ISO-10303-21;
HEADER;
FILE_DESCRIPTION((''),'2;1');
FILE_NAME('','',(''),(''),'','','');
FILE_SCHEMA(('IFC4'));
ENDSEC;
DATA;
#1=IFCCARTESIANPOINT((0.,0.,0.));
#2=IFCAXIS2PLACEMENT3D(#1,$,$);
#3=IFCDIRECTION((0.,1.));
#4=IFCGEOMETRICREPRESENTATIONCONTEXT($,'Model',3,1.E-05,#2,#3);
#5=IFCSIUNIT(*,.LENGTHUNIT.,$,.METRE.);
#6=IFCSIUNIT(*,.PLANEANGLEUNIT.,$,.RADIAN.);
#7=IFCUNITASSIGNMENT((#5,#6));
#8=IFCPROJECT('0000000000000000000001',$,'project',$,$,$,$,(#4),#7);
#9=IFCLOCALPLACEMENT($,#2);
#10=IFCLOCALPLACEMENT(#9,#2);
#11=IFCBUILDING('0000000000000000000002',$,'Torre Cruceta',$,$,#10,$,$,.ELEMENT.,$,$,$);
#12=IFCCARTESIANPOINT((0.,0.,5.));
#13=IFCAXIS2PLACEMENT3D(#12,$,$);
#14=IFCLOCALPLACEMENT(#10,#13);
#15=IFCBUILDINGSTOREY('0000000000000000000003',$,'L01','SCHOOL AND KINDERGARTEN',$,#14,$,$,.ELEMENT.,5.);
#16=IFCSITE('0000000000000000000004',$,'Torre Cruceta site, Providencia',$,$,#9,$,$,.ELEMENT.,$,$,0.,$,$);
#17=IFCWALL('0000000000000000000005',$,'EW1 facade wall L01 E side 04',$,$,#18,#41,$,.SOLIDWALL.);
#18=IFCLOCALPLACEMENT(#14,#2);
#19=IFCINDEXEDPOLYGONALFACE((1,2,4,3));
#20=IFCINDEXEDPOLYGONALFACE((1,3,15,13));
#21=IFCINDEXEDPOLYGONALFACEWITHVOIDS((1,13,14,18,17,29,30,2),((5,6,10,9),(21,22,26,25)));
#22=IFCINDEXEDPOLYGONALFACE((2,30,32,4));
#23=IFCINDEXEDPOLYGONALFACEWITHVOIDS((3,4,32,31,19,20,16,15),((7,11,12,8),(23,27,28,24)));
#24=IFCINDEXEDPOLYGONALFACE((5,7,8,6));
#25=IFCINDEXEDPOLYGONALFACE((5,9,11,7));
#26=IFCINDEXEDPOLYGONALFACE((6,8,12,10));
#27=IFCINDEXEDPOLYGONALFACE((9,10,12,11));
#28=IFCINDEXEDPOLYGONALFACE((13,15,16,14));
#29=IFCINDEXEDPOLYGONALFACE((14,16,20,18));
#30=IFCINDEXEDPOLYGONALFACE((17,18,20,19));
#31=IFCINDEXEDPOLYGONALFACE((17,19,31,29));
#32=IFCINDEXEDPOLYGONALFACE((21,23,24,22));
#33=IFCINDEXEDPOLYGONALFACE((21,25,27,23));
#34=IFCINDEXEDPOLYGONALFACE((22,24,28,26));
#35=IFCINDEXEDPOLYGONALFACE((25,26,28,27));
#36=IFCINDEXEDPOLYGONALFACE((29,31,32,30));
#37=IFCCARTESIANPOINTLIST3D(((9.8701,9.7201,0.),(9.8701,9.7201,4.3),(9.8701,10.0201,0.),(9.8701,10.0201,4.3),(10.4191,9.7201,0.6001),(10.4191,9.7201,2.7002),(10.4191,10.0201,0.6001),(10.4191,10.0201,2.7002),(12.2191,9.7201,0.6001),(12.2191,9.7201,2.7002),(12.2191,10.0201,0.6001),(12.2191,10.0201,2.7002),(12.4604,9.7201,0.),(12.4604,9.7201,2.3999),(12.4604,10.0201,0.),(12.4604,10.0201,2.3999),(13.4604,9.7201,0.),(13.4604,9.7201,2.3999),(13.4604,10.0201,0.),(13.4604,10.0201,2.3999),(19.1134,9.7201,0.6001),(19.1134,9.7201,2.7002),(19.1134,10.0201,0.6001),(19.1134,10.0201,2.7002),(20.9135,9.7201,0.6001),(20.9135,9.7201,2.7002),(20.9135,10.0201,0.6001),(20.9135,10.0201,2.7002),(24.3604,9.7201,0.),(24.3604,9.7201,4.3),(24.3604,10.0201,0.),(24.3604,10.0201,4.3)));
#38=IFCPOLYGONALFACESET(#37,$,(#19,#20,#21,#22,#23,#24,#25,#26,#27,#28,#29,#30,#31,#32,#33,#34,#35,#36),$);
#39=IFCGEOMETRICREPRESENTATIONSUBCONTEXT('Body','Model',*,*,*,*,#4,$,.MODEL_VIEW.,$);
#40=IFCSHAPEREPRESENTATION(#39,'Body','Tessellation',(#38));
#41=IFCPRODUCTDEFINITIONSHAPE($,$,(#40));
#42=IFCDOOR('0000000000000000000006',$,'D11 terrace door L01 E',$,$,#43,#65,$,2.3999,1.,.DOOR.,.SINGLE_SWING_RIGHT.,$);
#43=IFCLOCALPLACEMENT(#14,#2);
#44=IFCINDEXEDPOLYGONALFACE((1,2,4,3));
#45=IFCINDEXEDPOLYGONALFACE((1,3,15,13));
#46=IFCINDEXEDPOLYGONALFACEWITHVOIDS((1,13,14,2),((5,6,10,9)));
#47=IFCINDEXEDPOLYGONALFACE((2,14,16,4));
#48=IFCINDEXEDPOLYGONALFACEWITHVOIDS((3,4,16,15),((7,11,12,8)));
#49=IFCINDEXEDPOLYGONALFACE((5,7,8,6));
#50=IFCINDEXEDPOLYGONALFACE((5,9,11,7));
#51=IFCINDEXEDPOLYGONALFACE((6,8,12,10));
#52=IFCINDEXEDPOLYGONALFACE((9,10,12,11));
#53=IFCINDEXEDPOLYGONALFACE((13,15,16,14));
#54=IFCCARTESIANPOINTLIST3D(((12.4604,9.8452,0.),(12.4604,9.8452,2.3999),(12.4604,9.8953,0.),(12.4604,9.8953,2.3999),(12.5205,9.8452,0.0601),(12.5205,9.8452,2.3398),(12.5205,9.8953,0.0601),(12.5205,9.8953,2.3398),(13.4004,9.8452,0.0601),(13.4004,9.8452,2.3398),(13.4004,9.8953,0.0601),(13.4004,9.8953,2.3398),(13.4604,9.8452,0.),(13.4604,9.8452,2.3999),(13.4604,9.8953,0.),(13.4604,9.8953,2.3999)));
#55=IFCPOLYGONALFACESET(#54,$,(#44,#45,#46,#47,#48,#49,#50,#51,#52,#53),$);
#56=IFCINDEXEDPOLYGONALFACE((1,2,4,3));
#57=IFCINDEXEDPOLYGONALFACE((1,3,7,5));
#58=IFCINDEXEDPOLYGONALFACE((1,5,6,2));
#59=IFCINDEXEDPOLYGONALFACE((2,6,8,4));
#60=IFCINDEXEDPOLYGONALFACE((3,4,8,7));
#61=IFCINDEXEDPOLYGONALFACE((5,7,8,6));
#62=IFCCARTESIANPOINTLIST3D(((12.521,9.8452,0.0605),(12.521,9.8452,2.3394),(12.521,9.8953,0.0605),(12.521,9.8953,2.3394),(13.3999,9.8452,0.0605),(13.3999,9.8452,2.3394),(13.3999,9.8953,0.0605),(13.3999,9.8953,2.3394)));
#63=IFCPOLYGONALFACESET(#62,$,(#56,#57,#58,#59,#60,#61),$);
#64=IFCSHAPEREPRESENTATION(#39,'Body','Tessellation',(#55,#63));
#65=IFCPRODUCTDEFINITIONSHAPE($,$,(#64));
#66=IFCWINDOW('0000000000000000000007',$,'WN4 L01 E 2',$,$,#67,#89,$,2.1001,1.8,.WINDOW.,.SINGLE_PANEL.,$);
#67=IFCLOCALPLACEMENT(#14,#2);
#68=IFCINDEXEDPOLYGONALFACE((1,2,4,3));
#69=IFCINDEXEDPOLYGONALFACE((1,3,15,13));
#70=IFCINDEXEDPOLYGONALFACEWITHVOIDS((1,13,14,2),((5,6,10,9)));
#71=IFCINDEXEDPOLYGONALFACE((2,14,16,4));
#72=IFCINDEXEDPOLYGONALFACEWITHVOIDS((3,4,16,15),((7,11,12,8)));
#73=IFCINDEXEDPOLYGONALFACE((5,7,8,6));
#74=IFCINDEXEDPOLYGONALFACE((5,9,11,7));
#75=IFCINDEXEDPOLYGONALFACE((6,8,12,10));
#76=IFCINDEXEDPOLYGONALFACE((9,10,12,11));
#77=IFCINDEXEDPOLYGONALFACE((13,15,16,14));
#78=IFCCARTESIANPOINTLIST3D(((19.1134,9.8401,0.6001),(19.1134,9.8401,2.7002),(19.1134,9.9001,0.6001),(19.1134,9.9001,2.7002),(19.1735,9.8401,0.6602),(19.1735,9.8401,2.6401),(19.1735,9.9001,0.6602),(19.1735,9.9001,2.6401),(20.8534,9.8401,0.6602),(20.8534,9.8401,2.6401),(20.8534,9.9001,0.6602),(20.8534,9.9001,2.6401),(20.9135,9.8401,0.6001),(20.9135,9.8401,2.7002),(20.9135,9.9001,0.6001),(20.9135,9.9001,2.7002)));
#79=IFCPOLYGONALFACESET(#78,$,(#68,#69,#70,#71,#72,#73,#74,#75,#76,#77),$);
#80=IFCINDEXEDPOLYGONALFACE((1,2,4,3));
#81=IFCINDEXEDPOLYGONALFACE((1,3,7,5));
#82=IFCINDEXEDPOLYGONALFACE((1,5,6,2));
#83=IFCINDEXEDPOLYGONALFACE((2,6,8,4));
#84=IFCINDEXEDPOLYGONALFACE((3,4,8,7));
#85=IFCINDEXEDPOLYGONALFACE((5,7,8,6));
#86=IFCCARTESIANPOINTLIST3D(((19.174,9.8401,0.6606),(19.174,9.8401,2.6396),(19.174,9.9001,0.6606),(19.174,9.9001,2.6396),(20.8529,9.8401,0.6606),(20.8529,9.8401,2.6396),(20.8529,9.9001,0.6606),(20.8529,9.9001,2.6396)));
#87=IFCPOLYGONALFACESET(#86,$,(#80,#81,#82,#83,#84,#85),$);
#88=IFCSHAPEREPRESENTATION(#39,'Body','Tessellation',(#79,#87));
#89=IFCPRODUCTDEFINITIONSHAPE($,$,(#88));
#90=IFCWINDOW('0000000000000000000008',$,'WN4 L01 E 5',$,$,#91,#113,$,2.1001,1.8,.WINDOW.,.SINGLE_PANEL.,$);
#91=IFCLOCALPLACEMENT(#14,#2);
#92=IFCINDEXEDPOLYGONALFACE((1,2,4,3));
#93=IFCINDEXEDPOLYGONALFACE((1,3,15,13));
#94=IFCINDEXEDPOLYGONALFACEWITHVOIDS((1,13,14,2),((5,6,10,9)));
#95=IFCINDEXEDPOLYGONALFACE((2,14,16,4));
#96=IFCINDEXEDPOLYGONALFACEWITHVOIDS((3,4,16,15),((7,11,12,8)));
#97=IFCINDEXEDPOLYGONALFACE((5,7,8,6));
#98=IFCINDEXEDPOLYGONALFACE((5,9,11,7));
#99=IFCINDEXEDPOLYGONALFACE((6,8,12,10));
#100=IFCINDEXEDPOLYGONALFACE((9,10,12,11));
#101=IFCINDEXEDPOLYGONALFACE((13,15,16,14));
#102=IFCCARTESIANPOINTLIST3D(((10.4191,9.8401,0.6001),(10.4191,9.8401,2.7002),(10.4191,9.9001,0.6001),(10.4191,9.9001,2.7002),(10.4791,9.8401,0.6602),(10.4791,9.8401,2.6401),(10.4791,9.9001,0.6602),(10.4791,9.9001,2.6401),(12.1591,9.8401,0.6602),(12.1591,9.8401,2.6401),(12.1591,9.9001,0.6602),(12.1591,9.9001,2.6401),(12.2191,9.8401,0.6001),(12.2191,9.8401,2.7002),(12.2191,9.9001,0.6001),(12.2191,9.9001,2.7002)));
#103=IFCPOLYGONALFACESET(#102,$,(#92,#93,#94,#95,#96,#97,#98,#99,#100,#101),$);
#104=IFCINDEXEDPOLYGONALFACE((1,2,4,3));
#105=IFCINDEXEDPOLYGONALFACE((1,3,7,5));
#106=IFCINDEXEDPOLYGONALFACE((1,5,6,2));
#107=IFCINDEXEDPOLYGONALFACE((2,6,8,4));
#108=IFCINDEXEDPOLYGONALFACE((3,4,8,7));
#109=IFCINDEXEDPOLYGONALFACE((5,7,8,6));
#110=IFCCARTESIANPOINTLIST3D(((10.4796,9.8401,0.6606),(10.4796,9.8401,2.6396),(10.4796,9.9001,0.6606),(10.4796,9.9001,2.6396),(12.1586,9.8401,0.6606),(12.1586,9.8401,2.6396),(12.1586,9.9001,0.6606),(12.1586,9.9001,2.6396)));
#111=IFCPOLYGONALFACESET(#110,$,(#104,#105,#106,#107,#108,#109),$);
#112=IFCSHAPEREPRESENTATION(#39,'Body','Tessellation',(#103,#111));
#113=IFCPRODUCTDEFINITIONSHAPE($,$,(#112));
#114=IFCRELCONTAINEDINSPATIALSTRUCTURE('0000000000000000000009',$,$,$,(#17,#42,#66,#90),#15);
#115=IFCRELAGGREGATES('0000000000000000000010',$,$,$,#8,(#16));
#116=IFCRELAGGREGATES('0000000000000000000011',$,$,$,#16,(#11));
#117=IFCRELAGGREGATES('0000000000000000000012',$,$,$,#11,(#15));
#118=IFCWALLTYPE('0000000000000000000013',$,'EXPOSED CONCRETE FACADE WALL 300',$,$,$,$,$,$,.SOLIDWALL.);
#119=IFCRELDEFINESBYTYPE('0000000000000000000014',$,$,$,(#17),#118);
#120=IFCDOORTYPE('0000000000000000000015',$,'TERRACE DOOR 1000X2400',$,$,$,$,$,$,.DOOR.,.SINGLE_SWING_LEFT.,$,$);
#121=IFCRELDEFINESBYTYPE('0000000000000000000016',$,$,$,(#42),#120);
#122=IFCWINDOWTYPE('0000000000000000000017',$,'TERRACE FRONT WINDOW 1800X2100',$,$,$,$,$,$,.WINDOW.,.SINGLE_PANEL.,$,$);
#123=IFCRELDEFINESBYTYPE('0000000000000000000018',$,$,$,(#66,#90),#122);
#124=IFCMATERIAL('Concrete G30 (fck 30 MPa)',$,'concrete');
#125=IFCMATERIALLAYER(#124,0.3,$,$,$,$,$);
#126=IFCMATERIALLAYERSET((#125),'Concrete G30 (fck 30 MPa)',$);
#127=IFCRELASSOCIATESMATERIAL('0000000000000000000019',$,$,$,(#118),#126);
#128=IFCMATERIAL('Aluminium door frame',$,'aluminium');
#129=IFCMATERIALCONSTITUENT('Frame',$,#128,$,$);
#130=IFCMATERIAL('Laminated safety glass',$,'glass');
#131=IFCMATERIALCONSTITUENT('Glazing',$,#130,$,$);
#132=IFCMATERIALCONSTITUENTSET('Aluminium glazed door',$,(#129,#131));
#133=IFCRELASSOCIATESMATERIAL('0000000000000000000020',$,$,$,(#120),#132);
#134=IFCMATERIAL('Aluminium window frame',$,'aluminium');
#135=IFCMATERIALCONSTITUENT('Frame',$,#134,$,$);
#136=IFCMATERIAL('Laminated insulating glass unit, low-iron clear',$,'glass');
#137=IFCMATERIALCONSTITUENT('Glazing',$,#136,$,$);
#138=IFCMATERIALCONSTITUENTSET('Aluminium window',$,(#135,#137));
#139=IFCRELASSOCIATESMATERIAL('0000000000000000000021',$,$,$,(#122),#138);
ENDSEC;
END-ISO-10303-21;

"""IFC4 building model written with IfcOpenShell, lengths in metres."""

from ifc_helpers import new_model, si_unit, direction, frame, frame_2d, origin, place, context, subcontext, project, spatial, rectangle, hollow_rectangle, extrude, material, layer, layer_set, constituent, constituent_set, type_object, element, fill, save


model = new_model("IFC4")

# Units and contexts
model_context = context("Model", 3, precision=1e-05, world=origin(), true_north=direction((0.0, 1.0)))
body_context = subcontext(model_context, "Body", "Model", "MODEL_VIEW")
ifc_project = project(units=[si_unit("LENGTHUNIT", "METRE"), si_unit("PLANEANGLEUNIT", "RADIAN")], contexts=[model_context])

# Site, building, storey
site_placement = place(None, origin())
site = spatial("IfcSite", under=ifc_project, at=site_placement, Name="Torre Cruceta site, Providencia", CompositionType="ELEMENT", RefElevation=0.0)
building_placement = place(site_placement, origin())
building = spatial("IfcBuilding", under=site, at=building_placement, Name="Torre Cruceta", CompositionType="ELEMENT")
storey_placement = place(building_placement, frame((0.0, 0.0, 5.0)))
storey = spatial("IfcBuildingStorey", under=building, at=storey_placement, Name="L01", Description="SCHOOL AND KINDERGARTEN", CompositionType="ELEMENT", Elevation=5.0)

# Wall, openings, door, windows
ifc_material_1 = material(Name="Concrete G30 (fck 30 MPa)", Category="concrete")
ifc_layer_1 = layer(ifc_material_1, 0.3)
ifc_layer_set_1 = layer_set([ifc_layer_1], Name="Concrete G30 (fck 30 MPa)")
wall_type_1 = type_object("IfcWallType", Name="EXPOSED CONCRETE FACADE WALL 300", PredefinedType="SOLIDWALL", material=ifc_layer_set_1)
wall_1_placement = place(storey_placement, frame((24.3604, 9.8701, 0.0), z_axis=(0.0, 0.0, 1.0), x_axis=(-1.0, 0.0, 0.0)))
wall_1 = element("IfcWall", 1, at=wall_1_placement, inside=storey, type_object=wall_type_1, Name="EW1 facade wall L01 E side 04", PredefinedType="SOLIDWALL", context=body_context, shape_type="SweptSolid", body=[
    extrude(rectangle(XDim=14.4902, YDim=0.3, at=frame_2d((7.2451, 0.0))), origin(), (0.0, 0.0, 1.0), 4.3),
])
opening_1_placement = place(wall_1_placement, frame((10.8999, 0.0, 0.0)))
opening_1 = element("IfcOpeningElement", 2, at=opening_1_placement, cuts=wall_1, PredefinedType="OPENING", context=body_context, shape_type="SweptSolid", body=[
    extrude(rectangle(XDim=1.0, YDim=2.3999, at=frame_2d((0.5, 1.2))), frame((0.0, 0.1599, 0.0), z_axis=(0.0, -1.0, 0.0), x_axis=(1.0, 0.0, 0.0)), (0.0, 0.0, 1.0), 0.3201),
])
opening_2_placement = place(wall_1_placement, frame((3.447, 0.0, 0.6001)))
opening_2 = element("IfcOpeningElement", 3, at=opening_2_placement, cuts=wall_1, PredefinedType="OPENING", context=body_context, shape_type="SweptSolid", body=[
    extrude(rectangle(XDim=1.8, YDim=2.1001, at=frame_2d((0.8999, 1.05))), frame((0.0, 0.1599, 0.0), z_axis=(0.0, -1.0, 0.0), x_axis=(1.0, 0.0, 0.0)), (0.0, 0.0, 1.0), 0.3201),
])
opening_3_placement = place(wall_1_placement, frame((12.1414, 0.0, 0.6001)))
opening_3 = element("IfcOpeningElement", 4, at=opening_3_placement, cuts=wall_1, PredefinedType="OPENING", context=body_context, shape_type="SweptSolid", body=[
    extrude(rectangle(XDim=1.8, YDim=2.1001, at=frame_2d((0.8999, 1.05))), frame((0.0, 0.1599, 0.0), z_axis=(0.0, -1.0, 0.0), x_axis=(1.0, 0.0, 0.0)), (0.0, 0.0, 1.0), 0.3201),
])
ifc_material_2 = material(Name="Aluminium door frame", Category="aluminium")
ifc_constituent_1 = constituent(ifc_material_2, Name="Frame")
ifc_material_3 = material(Name="Laminated safety glass", Category="glass")
ifc_constituent_2 = constituent(ifc_material_3, Name="Glazing")
ifc_constituent_set_1 = constituent_set(constituents=[ifc_constituent_1, ifc_constituent_2], Name="Aluminium glazed door")
door_type = type_object("IfcDoorType", Name="TERRACE DOOR 1000X2400", OperationType="SINGLE_SWING_LEFT", PredefinedType="DOOR", material=ifc_constituent_set_1)
door_1_placement = place(opening_1_placement, origin())
door_1 = element("IfcDoor", 5, at=door_1_placement, inside=storey, type_object=door_type, Name="D11 terrace door L01 E", OperationType="SINGLE_SWING_RIGHT", OverallHeight=2.3999, OverallWidth=1.0, PredefinedType="DOOR", context=body_context, shape_type="SweptSolid", body=[
    extrude(hollow_rectangle(XDim=1.0, YDim=2.3999, WallThickness=0.0601, at=frame_2d((0.5, 1.2))), frame((0.0, 0.0249, 0.0), z_axis=(0.0, -1.0, 0.0), x_axis=(1.0, 0.0, 0.0)), (0.0, 0.0, 1.0), 0.05),
    extrude(rectangle(XDim=0.8789, YDim=2.2788, at=frame_2d((0.5, 1.2))), frame((0.0, 0.0249, 0.0), z_axis=(0.0, -1.0, 0.0), x_axis=(1.0, 0.0, 0.0)), (0.0, 0.0, 1.0), 0.05),
])
fill(opening_1, door_1)
ifc_material_4 = material(Name="Aluminium window frame", Category="aluminium")
ifc_constituent_3 = constituent(ifc_material_4, Name="Frame")
ifc_material_5 = material(Name="Laminated insulating glass unit, low-iron clear", Category="glass")
ifc_constituent_4 = constituent(ifc_material_5, Name="Glazing")
ifc_constituent_set_2 = constituent_set(constituents=[ifc_constituent_3, ifc_constituent_4], Name="Aluminium window")
window_type = type_object("IfcWindowType", Name="TERRACE FRONT WINDOW 1800X2100", PartitioningType="SINGLE_PANEL", PredefinedType="WINDOW", material=ifc_constituent_set_2)
window_1_placement = place(opening_2_placement, origin())
window_1 = element("IfcWindow", 6, at=window_1_placement, inside=storey, type_object=window_type, Name="WN4 L01 E 2", OverallHeight=2.1001, OverallWidth=1.8, PartitioningType="SINGLE_PANEL", PredefinedType="WINDOW", context=body_context, shape_type="SweptSolid", body=[
    extrude(hollow_rectangle(XDim=1.8, YDim=2.1001, WallThickness=0.0601, at=frame_2d((0.8999, 1.05))), frame((0.0, 0.03, 0.0), z_axis=(0.0, -1.0, 0.0), x_axis=(1.0, 0.0, 0.0)), (0.0, 0.0, 1.0), 0.0601),
    extrude(rectangle(XDim=1.679, YDim=1.979, at=frame_2d((0.8999, 1.05))), frame((0.0, 0.03, 0.0), z_axis=(0.0, -1.0, 0.0), x_axis=(1.0, 0.0, 0.0)), (0.0, 0.0, 1.0), 0.0601),
])
fill(opening_2, window_1)
window_2_placement = place(opening_3_placement, origin())
window_2 = element("IfcWindow", 7, at=window_2_placement, inside=storey, type_object=window_type, Name="WN4 L01 E 5", OverallHeight=2.1001, OverallWidth=1.8, PartitioningType="SINGLE_PANEL", PredefinedType="WINDOW", context=body_context, shape_type="SweptSolid", body=[
    extrude(hollow_rectangle(XDim=1.8, YDim=2.1001, WallThickness=0.0601, at=frame_2d((0.8999, 1.05))), frame((0.0, 0.03, 0.0), z_axis=(0.0, -1.0, 0.0), x_axis=(1.0, 0.0, 0.0)), (0.0, 0.0, 1.0), 0.0601),
    extrude(rectangle(XDim=1.679, YDim=1.979, at=frame_2d((0.8999, 1.05))), frame((0.0, 0.03, 0.0), z_axis=(0.0, -1.0, 0.0), x_axis=(1.0, 0.0, 0.0)), (0.0, 0.0, 1.0), 0.0601),
])
fill(opening_3, window_2)

save(model, "model.ifc")
